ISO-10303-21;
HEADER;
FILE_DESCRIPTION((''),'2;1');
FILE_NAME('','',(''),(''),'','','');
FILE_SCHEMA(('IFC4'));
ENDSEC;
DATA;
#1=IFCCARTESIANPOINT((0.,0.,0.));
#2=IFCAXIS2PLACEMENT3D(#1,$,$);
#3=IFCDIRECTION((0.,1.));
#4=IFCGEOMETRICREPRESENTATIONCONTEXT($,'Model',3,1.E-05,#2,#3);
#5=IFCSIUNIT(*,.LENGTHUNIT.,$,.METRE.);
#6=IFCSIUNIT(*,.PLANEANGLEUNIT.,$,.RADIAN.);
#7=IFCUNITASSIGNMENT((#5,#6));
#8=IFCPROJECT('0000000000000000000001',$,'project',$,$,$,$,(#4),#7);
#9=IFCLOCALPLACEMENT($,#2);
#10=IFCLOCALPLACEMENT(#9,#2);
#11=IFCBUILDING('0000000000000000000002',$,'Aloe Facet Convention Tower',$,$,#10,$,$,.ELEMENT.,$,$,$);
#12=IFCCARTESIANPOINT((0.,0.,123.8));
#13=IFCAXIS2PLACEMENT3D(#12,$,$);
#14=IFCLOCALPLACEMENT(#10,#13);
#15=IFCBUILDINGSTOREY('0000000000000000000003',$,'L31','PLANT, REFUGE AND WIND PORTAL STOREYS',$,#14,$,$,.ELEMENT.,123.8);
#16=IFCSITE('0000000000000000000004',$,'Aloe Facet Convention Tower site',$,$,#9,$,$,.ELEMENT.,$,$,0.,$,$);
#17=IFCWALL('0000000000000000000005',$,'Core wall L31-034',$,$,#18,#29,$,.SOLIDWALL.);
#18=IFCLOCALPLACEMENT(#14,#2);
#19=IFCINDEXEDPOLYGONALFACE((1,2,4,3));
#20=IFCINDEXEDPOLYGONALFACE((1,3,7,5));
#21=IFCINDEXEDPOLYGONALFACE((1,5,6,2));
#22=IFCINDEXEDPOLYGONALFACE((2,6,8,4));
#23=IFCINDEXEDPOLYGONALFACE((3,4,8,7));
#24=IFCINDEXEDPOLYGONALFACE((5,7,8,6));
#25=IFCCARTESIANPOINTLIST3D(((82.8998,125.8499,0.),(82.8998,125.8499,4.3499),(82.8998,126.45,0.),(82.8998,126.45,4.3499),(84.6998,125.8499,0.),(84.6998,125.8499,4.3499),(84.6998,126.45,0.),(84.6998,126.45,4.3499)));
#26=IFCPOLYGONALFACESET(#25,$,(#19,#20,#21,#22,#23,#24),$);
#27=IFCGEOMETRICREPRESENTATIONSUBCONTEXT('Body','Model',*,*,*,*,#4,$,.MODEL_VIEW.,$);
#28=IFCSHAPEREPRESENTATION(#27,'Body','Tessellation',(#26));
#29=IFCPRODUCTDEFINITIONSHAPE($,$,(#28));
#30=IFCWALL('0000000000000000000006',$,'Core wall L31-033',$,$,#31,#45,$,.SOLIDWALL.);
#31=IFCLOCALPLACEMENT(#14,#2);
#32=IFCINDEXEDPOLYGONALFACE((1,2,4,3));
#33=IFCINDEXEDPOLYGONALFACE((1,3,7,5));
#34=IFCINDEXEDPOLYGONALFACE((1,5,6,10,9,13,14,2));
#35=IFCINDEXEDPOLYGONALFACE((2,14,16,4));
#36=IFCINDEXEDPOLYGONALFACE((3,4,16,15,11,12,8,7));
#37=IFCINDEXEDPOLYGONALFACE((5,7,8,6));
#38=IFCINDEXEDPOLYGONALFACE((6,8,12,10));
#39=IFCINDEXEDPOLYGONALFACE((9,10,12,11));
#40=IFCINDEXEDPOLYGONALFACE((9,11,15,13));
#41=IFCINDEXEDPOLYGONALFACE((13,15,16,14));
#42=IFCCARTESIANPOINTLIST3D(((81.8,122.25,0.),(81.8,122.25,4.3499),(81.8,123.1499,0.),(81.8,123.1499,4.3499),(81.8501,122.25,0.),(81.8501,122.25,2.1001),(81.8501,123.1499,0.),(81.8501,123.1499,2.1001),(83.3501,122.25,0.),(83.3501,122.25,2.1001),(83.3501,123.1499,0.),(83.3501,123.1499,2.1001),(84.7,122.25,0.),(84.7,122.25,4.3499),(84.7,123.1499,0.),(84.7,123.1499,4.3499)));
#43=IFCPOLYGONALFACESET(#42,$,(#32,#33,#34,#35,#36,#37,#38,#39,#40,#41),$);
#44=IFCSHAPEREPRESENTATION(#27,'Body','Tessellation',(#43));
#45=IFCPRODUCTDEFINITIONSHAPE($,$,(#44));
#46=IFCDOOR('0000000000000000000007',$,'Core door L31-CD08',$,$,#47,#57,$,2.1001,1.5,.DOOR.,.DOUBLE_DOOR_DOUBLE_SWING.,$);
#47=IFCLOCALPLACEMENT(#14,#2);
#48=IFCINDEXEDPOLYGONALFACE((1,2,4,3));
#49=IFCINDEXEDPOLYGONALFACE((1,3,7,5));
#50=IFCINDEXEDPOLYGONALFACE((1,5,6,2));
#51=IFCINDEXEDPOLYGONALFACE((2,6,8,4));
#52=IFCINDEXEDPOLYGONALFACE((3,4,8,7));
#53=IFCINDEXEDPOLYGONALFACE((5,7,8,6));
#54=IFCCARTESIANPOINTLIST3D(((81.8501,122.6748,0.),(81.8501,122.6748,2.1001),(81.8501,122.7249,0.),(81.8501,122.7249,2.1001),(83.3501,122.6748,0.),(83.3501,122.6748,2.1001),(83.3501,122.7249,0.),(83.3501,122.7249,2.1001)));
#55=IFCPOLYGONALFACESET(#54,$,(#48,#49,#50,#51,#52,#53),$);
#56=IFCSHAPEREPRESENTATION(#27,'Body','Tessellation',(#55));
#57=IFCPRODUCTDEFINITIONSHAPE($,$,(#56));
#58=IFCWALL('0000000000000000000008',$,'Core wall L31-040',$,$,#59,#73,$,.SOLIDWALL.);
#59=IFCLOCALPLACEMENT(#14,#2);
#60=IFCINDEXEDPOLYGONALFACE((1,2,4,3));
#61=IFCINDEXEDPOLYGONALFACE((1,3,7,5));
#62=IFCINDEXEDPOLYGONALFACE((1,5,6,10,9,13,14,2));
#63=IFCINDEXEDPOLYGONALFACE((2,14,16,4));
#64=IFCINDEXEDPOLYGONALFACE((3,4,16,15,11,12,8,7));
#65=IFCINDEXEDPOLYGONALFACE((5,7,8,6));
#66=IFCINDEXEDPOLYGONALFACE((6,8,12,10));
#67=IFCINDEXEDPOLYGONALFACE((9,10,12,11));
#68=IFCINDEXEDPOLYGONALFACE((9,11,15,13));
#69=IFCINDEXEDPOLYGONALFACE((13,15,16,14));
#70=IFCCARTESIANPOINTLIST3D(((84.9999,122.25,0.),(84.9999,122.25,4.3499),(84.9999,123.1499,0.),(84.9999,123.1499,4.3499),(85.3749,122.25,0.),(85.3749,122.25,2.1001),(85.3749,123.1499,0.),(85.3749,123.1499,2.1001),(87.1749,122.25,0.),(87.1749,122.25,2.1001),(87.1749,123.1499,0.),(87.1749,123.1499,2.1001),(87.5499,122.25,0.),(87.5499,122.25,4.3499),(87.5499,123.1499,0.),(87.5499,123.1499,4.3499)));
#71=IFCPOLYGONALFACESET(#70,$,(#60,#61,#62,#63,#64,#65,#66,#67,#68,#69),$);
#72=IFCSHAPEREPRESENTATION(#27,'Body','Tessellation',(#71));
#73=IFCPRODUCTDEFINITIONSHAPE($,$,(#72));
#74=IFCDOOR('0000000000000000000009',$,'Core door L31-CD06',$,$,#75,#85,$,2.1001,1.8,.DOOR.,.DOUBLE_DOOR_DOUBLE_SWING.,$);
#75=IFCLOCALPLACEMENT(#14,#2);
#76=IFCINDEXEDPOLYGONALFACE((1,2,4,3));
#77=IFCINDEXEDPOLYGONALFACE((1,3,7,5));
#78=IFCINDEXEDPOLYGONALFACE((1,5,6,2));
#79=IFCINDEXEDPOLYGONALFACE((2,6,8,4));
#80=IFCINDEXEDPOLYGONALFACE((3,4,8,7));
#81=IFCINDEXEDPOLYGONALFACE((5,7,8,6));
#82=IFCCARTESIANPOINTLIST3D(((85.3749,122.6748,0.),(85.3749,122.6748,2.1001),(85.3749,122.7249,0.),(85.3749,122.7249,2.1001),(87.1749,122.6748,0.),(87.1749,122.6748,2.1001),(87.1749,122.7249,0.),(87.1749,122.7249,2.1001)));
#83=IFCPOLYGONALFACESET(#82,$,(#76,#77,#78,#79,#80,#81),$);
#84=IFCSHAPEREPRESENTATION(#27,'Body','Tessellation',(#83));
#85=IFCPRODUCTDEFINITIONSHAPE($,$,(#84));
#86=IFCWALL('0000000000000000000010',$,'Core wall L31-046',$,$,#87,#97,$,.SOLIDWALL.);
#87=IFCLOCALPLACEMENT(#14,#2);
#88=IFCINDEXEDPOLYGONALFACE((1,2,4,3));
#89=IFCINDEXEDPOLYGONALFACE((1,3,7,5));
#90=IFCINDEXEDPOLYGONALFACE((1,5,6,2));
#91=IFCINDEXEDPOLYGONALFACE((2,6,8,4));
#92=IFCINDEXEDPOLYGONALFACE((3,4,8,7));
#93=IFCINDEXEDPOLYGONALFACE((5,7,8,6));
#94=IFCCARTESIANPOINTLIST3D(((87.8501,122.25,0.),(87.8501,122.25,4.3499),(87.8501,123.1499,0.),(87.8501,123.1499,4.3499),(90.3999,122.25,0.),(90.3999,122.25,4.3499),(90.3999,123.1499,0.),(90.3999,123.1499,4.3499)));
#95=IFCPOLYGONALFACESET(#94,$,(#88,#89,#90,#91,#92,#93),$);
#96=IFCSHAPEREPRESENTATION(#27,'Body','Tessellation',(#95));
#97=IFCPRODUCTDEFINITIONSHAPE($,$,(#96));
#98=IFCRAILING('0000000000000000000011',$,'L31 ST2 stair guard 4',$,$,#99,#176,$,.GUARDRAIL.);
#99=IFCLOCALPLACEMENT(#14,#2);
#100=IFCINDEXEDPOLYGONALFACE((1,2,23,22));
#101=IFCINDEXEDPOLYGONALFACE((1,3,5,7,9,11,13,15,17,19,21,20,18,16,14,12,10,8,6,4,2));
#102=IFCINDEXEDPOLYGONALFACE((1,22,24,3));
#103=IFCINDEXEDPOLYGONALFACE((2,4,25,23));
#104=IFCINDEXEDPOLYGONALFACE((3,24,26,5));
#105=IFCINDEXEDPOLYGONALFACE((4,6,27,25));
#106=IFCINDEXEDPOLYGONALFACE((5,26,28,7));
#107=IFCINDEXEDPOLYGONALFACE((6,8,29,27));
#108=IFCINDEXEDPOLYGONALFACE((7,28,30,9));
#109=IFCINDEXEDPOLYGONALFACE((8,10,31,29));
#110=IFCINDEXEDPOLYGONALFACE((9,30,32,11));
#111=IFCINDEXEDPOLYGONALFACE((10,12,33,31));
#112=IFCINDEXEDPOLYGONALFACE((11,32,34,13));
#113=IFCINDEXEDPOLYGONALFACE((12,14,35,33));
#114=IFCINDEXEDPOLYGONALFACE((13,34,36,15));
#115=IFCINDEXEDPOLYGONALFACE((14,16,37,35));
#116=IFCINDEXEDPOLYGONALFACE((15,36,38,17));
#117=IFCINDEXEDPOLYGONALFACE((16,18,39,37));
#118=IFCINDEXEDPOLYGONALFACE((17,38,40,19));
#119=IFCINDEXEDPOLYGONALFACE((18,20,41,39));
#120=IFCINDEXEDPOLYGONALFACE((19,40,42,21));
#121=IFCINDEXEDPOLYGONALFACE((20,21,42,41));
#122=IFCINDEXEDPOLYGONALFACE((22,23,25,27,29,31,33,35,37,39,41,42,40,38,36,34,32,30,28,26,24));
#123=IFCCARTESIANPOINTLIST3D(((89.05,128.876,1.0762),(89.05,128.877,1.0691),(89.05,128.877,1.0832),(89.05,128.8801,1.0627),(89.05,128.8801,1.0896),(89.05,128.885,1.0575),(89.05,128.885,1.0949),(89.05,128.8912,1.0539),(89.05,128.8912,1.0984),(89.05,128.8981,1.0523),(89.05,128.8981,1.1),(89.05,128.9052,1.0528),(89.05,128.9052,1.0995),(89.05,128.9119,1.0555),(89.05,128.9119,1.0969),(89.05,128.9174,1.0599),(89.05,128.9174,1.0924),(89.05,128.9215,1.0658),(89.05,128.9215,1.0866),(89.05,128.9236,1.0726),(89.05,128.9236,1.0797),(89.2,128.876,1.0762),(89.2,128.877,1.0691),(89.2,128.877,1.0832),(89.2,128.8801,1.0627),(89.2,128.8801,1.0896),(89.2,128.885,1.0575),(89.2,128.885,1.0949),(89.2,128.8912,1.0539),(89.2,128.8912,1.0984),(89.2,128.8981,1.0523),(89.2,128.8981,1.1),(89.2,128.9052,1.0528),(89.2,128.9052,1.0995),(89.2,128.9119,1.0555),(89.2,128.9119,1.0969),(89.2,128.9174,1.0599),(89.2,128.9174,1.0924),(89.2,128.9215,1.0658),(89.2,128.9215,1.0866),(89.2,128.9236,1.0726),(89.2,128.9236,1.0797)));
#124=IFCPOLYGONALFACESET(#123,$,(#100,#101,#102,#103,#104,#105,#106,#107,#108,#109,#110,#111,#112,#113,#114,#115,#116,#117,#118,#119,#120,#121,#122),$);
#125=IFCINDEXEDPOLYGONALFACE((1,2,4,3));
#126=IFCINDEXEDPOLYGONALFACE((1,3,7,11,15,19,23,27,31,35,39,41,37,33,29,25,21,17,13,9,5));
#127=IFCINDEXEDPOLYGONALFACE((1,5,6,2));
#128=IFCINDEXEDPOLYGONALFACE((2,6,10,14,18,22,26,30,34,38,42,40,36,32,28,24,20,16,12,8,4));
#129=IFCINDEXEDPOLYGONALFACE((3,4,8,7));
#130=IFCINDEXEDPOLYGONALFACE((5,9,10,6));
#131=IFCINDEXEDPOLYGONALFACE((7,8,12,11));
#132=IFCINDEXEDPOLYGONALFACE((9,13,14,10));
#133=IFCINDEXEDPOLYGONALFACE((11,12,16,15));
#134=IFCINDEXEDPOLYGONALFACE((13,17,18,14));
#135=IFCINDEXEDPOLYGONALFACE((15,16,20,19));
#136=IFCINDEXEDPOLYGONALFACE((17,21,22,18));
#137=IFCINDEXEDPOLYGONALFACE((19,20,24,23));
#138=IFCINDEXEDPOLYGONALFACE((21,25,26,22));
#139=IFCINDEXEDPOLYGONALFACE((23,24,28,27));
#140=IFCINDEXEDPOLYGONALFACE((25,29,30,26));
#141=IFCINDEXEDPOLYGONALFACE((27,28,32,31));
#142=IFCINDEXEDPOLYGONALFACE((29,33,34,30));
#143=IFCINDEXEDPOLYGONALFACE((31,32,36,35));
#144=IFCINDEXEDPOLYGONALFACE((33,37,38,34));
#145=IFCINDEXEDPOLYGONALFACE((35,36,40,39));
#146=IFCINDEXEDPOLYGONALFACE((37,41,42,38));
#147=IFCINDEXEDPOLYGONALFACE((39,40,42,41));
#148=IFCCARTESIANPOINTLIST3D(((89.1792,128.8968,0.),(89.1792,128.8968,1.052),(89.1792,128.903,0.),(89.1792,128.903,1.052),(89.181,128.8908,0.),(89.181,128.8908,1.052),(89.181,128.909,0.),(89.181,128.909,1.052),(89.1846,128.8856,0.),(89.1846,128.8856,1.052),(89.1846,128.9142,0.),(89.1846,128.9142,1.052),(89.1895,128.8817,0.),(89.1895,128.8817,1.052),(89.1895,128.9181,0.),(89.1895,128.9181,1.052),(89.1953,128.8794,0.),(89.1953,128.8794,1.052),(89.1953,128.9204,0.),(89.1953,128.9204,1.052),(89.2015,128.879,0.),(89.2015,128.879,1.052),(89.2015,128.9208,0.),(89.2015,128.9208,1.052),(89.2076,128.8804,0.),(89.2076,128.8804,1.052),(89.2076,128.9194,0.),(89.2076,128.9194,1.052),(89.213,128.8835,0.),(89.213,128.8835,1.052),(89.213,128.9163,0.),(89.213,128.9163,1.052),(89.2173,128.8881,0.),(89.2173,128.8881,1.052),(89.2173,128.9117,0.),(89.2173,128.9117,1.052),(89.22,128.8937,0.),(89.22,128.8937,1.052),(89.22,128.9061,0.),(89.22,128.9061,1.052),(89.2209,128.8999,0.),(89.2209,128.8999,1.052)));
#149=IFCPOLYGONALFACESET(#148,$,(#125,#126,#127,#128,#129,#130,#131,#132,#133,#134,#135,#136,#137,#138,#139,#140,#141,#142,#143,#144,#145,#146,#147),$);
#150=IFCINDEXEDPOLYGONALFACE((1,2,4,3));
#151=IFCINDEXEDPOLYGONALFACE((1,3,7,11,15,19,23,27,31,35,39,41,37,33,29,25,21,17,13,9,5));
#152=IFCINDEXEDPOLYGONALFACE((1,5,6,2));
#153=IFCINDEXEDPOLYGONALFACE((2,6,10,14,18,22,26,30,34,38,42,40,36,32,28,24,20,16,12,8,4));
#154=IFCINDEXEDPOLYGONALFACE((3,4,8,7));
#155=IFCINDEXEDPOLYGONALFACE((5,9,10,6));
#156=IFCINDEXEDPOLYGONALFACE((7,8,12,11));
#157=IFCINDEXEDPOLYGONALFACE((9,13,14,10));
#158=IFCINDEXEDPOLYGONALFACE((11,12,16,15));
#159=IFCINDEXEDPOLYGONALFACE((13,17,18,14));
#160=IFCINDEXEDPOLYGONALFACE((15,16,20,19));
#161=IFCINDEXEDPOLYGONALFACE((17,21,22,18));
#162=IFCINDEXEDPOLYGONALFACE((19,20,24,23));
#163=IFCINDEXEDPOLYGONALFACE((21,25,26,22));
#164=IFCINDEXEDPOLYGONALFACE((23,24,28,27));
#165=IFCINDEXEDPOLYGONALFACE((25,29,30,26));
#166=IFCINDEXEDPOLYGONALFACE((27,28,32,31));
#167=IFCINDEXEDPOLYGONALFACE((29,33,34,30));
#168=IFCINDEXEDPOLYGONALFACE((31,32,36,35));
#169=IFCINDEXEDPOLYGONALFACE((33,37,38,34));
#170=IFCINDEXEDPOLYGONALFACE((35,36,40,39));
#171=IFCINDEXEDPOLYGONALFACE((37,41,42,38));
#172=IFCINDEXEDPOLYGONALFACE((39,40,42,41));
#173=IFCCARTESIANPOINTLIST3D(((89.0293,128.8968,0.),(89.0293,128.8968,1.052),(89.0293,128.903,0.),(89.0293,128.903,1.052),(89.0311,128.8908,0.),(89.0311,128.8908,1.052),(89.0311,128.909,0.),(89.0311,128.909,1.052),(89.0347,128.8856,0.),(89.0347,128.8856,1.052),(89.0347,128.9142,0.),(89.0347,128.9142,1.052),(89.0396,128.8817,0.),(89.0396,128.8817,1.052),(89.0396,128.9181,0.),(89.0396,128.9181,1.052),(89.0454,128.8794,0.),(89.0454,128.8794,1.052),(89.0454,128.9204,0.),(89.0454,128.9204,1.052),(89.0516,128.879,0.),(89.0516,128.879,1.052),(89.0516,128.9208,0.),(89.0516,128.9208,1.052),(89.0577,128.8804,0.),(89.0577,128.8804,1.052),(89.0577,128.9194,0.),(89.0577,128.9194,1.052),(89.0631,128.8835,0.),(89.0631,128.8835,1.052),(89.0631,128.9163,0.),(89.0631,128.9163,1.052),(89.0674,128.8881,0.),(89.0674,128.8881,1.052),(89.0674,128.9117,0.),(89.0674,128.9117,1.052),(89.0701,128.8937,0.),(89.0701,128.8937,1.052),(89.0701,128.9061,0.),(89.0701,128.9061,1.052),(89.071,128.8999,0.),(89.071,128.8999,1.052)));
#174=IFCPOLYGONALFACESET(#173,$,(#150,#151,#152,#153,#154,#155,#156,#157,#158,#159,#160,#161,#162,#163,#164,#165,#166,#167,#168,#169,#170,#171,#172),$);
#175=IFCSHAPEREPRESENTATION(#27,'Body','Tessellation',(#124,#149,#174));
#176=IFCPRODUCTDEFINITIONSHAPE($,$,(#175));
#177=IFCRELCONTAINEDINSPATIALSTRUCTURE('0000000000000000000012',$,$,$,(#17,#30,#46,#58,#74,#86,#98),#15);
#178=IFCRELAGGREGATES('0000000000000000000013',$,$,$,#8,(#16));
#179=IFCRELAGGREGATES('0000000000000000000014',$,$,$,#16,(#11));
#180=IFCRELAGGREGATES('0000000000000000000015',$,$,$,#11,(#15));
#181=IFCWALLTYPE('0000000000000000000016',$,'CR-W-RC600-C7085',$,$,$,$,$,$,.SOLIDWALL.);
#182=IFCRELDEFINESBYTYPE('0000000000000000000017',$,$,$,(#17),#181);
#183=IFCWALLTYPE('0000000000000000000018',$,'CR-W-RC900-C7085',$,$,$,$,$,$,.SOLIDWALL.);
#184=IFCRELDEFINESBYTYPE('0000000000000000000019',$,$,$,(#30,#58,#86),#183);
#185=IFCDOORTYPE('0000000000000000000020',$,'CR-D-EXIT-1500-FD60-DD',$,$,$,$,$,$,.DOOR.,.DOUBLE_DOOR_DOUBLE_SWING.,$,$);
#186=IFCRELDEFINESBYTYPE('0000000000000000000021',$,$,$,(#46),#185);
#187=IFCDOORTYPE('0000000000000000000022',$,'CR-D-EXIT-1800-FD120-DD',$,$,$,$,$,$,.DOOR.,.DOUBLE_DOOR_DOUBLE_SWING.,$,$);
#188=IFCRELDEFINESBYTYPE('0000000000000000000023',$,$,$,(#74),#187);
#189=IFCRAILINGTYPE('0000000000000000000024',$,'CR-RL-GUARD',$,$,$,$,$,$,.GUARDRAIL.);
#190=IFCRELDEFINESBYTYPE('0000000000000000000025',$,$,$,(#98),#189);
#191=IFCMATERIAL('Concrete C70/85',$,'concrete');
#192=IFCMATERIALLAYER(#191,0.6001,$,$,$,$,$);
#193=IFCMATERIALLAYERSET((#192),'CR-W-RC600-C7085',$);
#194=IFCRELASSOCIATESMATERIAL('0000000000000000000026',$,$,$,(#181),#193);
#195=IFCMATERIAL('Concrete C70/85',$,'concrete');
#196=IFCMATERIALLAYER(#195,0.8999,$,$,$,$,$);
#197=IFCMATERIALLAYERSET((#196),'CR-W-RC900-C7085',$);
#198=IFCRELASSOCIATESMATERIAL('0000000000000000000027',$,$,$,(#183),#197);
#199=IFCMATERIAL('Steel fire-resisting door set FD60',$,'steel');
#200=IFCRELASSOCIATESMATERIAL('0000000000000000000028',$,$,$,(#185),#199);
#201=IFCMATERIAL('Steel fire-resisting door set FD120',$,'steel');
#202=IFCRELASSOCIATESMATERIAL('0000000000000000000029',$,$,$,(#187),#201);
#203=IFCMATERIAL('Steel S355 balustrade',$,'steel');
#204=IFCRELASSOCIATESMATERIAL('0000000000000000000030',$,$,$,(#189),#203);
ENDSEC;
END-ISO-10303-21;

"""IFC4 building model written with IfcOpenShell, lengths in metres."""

from ifc_helpers import new_model, si_unit, direction, frame, frame_2d, origin, origin_2d, place, context, subcontext, project, spatial, rectangle, circle, extrude, material, layer, layer_set, type_object, element, fill, save


model = new_model("IFC4")

# Units and contexts
model_context = context("Model", 3, precision=1e-05, world=origin(), true_north=direction((0.0, 1.0)))
body_context = subcontext(model_context, "Body", "Model", "MODEL_VIEW")
ifc_project = project(units=[si_unit("LENGTHUNIT", "METRE"), si_unit("PLANEANGLEUNIT", "RADIAN")], contexts=[model_context])

# Site, building, storey
site_placement = place(None, origin())
site = spatial("IfcSite", under=ifc_project, at=site_placement, Name="Aloe Facet Convention Tower site", CompositionType="ELEMENT", RefElevation=0.0)
building_placement = place(site_placement, origin())
building = spatial("IfcBuilding", under=site, at=building_placement, Name="Aloe Facet Convention Tower", CompositionType="ELEMENT")
storey_placement = place(building_placement, frame((0.0, 0.0, 123.8)))
storey = spatial("IfcBuildingStorey", under=building, at=storey_placement, Name="L31", Description="PLANT, REFUGE AND WIND PORTAL STOREYS", CompositionType="ELEMENT", Elevation=123.8)

# Wall
ifc_material_1 = material(Name="Concrete C70/85", Category="concrete")
ifc_layer_1 = layer(ifc_material_1, 0.6001)
ifc_layer_set_1 = layer_set([ifc_layer_1], Name="CR-W-RC600-C7085")
wall_type_1 = type_object("IfcWallType", Name="CR-W-RC600-C7085", PredefinedType="SOLIDWALL", material=ifc_layer_set_1)
wall_1_placement = place(storey_placement, frame((82.8999, 126.1499, 0.0), z_axis=(0.0, 0.0, 1.0), x_axis=(1.0, 0.0, 0.0)))
element("IfcWall", 1, at=wall_1_placement, inside=storey, type_object=wall_type_1, Name="Core wall L31-034", PredefinedType="SOLIDWALL", context=body_context, shape_type="SweptSolid", body=[
    extrude(rectangle(XDim=1.8, YDim=0.6001, at=frame_2d((0.8999, 0.0))), origin(), (0.0, 0.0, 1.0), 4.3499),
])

# Walls, openings, doors
ifc_material_2 = material(Name="Concrete C70/85", Category="concrete")
ifc_layer_2 = layer(ifc_material_2, 0.8999)
ifc_layer_set_2 = layer_set([ifc_layer_2], Name="CR-W-RC900-C7085")
wall_type_2 = type_object("IfcWallType", Name="CR-W-RC900-C7085", PredefinedType="SOLIDWALL", material=ifc_layer_set_2)
wall_2_placement = place(storey_placement, frame((81.8, 122.7, 0.0), z_axis=(0.0, 0.0, 1.0), x_axis=(1.0, 0.0, 0.0)))
wall_2 = element("IfcWall", 2, at=wall_2_placement, inside=storey, type_object=wall_type_2, Name="Core wall L31-033", PredefinedType="SOLIDWALL", context=body_context, shape_type="SweptSolid", body=[
    extrude(rectangle(XDim=2.8999, YDim=0.8999, at=frame_2d((1.45, 0.0))), origin(), (0.0, 0.0, 1.0), 4.3499),
])
opening_1_placement = place(wall_2_placement, frame((0.05, 0.0, 0.0)))
opening_1 = element("IfcOpeningElement", 3, at=opening_1_placement, cuts=wall_2, PredefinedType="OPENING", context=body_context, shape_type="SweptSolid", body=[
    extrude(rectangle(XDim=1.5, YDim=2.1001, at=frame_2d((0.75, 1.05))), frame((0.0, 0.46, 0.0), z_axis=(0.0, -1.0, 0.0), x_axis=(1.0, 0.0, 0.0)), (0.0, 0.0, 1.0), 0.9199),
])
ifc_material_3 = material(Name="Steel fire-resisting door set FD60", Category="steel")
door_type_1 = type_object("IfcDoorType", Name="CR-D-EXIT-1500-FD60-DD", OperationType="DOUBLE_DOOR_DOUBLE_SWING", PredefinedType="DOOR", material=ifc_material_3)
door_1_placement = place(opening_1_placement, origin())
door_1 = element("IfcDoor", 4, at=door_1_placement, inside=storey, type_object=door_type_1, Name="Core door L31-CD08", OperationType="DOUBLE_DOOR_DOUBLE_SWING", OverallHeight=2.1001, OverallWidth=1.5, PredefinedType="DOOR", context=body_context, shape_type="SweptSolid", body=[
    extrude(rectangle(XDim=1.5, YDim=2.1001, at=frame_2d((0.75, 1.05))), frame((0.0, 0.0249, 0.0), z_axis=(0.0, -1.0, 0.0), x_axis=(1.0, 0.0, 0.0)), (0.0, 0.0, 1.0), 0.05),
])
fill(opening_1, door_1)
wall_3_placement = place(storey_placement, frame((85.0, 122.7, 0.0), z_axis=(0.0, 0.0, 1.0), x_axis=(1.0, 0.0, 0.0)))
wall_3 = element("IfcWall", 5, at=wall_3_placement, inside=storey, type_object=wall_type_2, Name="Core wall L31-040", PredefinedType="SOLIDWALL", context=body_context, shape_type="SweptSolid", body=[
    extrude(rectangle(XDim=2.55, YDim=0.8999, at=frame_2d((1.2749, 0.0))), origin(), (0.0, 0.0, 1.0), 4.3499),
])
opening_2_placement = place(wall_3_placement, frame((0.375, 0.0, 0.0)))
opening_2 = element("IfcOpeningElement", 6, at=opening_2_placement, cuts=wall_3, PredefinedType="OPENING", context=body_context, shape_type="SweptSolid", body=[
    extrude(rectangle(XDim=1.8, YDim=2.1001, at=frame_2d((0.8999, 1.05))), frame((0.0, 0.46, 0.0), z_axis=(0.0, -1.0, 0.0), x_axis=(1.0, 0.0, 0.0)), (0.0, 0.0, 1.0), 0.9199),
])
ifc_material_4 = material(Name="Steel fire-resisting door set FD120", Category="steel")
door_type_2 = type_object("IfcDoorType", Name="CR-D-EXIT-1800-FD120-DD", OperationType="DOUBLE_DOOR_DOUBLE_SWING", PredefinedType="DOOR", material=ifc_material_4)
door_2_placement = place(opening_2_placement, origin())
door_2 = element("IfcDoor", 7, at=door_2_placement, inside=storey, type_object=door_type_2, Name="Core door L31-CD06", OperationType="DOUBLE_DOOR_DOUBLE_SWING", OverallHeight=2.1001, OverallWidth=1.8, PredefinedType="DOOR", context=body_context, shape_type="SweptSolid", body=[
    extrude(rectangle(XDim=1.8, YDim=2.1001, at=frame_2d((0.8999, 1.05))), frame((0.0, 0.0249, 0.0), z_axis=(0.0, -1.0, 0.0), x_axis=(1.0, 0.0, 0.0)), (0.0, 0.0, 1.0), 0.05),
])
fill(opening_2, door_2)

# Wall
wall_4_placement = place(storey_placement, frame((87.8501, 122.7, 0.0), z_axis=(0.0, 0.0, 1.0), x_axis=(1.0, 0.0, 0.0)))
element("IfcWall", 8, at=wall_4_placement, inside=storey, type_object=wall_type_2, Name="Core wall L31-046", PredefinedType="SOLIDWALL", context=body_context, shape_type="SweptSolid", body=[
    extrude(rectangle(XDim=2.5498, YDim=0.8999, at=frame_2d((1.2749, 0.0))), origin(), (0.0, 0.0, 1.0), 4.3499),
])

# Railing
ifc_material_5 = material(Name="Steel S355 balustrade", Category="steel")
railing_type_1 = type_object("IfcRailingType", Name="CR-RL-GUARD", PredefinedType="GUARDRAIL", material=ifc_material_5)
railing_1_placement = place(storey_placement, frame((89.2, 128.8999, 0.0)))
element("IfcRailing", 9, at=railing_1_placement, inside=storey, type_object=railing_type_1, Name="L31 ST2 stair guard 4", PredefinedType="GUARDRAIL", context=body_context, shape_type="SweptSolid", body=[
    extrude(circle(Radius=0.0239, at=origin_2d()), frame((0.0, 0.0, 1.0762), z_axis=(-1.0, 0.0, 0.0), x_axis=(0.0, -1.0, 0.0)), (0.0, 0.0, 1.0), 0.1499),
    extrude(circle(Radius=0.021, at=origin_2d()), origin(), (0.0, 0.0, 1.0), 1.052),
    extrude(circle(Radius=0.021, at=origin_2d()), frame((-0.1499, 0.0, 0.0)), (0.0, 0.0, 1.0), 1.052),
])

save(model, "model.ifc")
